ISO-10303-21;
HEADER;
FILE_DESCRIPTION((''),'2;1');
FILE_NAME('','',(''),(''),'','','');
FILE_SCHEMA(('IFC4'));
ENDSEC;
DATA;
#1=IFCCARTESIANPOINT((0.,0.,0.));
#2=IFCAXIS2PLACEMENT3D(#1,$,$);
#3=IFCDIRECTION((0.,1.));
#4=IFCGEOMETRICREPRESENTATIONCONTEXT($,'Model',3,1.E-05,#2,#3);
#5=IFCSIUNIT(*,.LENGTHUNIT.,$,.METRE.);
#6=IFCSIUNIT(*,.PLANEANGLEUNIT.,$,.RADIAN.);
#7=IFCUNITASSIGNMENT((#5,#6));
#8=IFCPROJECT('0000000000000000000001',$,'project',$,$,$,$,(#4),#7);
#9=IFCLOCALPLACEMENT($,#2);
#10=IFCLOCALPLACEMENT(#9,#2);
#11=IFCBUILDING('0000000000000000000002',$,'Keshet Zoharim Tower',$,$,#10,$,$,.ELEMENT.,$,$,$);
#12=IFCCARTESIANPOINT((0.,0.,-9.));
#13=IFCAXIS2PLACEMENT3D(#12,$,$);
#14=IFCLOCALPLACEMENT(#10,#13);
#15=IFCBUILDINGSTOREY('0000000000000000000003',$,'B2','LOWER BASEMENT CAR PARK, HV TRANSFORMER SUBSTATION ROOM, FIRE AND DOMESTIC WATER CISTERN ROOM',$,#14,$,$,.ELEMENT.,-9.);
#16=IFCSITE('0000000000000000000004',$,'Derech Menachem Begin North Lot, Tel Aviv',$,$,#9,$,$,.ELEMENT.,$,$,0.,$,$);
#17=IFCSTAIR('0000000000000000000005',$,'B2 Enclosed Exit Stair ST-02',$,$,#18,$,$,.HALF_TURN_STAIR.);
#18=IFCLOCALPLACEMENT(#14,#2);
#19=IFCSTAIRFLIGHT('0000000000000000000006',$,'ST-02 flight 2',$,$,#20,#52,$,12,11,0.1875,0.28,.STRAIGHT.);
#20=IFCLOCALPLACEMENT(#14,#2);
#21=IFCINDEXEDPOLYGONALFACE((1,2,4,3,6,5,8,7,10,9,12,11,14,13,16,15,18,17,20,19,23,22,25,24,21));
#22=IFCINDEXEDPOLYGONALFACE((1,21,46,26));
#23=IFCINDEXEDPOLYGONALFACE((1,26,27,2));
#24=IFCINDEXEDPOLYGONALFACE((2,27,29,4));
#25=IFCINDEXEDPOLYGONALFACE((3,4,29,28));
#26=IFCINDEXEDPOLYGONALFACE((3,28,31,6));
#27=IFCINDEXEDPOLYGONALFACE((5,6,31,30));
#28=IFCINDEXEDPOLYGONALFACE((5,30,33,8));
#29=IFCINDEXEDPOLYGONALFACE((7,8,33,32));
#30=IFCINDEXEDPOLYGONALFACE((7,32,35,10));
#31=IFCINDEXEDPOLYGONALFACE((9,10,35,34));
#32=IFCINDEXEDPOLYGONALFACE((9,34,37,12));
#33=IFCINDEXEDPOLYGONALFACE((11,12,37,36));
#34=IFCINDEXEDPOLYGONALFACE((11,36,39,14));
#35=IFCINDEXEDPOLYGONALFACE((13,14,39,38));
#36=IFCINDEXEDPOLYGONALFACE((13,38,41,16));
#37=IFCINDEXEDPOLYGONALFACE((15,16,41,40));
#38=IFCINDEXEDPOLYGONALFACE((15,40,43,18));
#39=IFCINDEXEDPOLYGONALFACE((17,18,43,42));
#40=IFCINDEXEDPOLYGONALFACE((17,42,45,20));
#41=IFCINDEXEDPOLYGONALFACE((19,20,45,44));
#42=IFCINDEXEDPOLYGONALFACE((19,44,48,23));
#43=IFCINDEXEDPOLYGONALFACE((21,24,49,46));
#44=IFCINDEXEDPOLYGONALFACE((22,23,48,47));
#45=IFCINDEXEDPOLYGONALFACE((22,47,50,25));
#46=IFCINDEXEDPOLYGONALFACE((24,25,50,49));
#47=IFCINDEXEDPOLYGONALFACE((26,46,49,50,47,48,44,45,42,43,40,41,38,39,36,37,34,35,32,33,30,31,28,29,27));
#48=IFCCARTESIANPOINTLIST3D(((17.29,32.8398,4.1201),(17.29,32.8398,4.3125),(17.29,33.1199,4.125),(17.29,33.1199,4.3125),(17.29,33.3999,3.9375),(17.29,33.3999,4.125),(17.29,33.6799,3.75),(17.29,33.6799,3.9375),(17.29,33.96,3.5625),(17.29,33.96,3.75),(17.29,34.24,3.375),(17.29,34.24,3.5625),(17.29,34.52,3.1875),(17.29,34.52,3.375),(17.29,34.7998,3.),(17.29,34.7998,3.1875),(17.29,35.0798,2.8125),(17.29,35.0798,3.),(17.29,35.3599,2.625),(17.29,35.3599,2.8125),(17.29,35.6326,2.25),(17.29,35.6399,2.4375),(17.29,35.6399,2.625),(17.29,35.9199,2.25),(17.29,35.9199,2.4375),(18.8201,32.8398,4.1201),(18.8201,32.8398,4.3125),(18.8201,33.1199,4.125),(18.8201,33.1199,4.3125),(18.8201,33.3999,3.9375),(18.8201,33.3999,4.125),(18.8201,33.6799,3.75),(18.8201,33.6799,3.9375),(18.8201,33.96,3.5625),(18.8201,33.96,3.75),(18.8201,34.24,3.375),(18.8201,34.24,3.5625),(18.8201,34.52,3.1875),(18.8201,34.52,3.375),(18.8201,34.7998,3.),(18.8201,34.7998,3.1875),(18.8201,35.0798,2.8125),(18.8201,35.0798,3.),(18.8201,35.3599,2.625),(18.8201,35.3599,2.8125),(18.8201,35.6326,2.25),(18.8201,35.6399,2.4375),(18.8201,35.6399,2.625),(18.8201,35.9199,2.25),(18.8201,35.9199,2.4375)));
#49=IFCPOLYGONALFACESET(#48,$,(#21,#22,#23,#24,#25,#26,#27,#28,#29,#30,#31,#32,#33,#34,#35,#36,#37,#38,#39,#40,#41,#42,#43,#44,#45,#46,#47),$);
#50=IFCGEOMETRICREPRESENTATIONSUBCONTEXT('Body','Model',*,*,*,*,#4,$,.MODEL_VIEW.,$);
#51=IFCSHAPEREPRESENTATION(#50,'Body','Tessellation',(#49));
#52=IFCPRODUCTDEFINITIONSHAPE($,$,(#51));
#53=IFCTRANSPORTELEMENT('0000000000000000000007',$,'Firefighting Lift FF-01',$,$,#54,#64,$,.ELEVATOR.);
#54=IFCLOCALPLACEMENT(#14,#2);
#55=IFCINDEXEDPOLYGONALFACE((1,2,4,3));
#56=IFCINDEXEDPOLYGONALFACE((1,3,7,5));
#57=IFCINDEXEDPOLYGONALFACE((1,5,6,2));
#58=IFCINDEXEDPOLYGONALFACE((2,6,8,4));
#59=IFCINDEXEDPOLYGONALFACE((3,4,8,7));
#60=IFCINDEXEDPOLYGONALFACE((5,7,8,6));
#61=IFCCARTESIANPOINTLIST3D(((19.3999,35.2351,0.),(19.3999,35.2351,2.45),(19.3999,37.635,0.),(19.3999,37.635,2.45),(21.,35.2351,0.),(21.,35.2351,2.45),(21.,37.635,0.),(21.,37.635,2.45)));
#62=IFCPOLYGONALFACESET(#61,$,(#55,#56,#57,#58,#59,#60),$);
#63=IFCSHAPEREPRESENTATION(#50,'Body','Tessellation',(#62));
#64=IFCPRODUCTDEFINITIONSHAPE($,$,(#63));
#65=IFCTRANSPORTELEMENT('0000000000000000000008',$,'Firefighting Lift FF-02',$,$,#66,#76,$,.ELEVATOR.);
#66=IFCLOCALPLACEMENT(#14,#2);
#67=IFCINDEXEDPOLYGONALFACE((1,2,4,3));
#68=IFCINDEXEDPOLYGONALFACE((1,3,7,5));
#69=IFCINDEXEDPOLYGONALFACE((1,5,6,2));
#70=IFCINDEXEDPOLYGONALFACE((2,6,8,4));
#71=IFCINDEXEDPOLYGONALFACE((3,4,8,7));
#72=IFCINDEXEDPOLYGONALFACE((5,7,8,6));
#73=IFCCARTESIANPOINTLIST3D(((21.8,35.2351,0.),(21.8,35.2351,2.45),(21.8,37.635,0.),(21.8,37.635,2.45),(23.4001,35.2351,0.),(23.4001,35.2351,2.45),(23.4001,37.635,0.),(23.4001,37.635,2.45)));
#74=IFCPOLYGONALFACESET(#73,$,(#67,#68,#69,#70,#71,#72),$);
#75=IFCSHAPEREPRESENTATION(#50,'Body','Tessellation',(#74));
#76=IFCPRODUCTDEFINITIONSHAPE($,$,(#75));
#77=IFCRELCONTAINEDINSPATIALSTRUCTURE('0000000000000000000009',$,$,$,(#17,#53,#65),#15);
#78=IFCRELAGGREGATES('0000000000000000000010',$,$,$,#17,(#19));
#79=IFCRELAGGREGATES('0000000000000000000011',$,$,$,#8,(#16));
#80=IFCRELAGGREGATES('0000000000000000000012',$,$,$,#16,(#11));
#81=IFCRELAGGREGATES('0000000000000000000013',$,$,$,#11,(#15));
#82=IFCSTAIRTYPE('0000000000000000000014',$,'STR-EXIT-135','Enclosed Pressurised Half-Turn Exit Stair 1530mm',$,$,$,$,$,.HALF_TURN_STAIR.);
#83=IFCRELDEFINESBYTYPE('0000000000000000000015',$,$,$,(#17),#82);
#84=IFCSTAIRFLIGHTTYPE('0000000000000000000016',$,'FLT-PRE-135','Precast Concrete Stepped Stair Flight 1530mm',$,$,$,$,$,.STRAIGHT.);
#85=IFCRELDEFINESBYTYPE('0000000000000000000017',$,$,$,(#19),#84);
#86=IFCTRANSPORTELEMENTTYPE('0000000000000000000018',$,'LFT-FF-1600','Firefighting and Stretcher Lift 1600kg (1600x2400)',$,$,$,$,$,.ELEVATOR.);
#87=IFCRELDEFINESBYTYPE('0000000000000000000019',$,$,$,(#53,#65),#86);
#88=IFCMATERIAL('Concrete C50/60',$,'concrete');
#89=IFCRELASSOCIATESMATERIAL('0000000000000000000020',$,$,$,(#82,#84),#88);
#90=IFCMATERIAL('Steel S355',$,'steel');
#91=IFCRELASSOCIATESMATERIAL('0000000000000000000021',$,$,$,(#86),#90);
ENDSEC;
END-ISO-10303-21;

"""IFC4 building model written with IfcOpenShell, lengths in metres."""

from ifc_helpers import new_model, si_unit, direction, frame, origin, origin_2d, place, context, subcontext, project, spatial, polyline, rectangle, outline, extrude, material, type_object, element, aggregate, save


model = new_model("IFC4")

# Units and contexts
model_context = context("Model", 3, precision=1e-05, world=origin(), true_north=direction((0.0, 1.0)))
body_context = subcontext(model_context, "Body", "Model", "MODEL_VIEW")
ifc_project = project(units=[si_unit("LENGTHUNIT", "METRE"), si_unit("PLANEANGLEUNIT", "RADIAN")], contexts=[model_context])

# Site, building, storey
site_placement = place(None, origin())
site = spatial("IfcSite", under=ifc_project, at=site_placement, Name="Derech Menachem Begin North Lot, Tel Aviv", CompositionType="ELEMENT", RefElevation=0.0)
building_placement = place(site_placement, origin())
building = spatial("IfcBuilding", under=site, at=building_placement, Name="Keshet Zoharim Tower", CompositionType="ELEMENT")
storey_placement = place(building_placement, frame((0.0, 0.0, -9.0)))
storey = spatial("IfcBuildingStorey", under=building, at=storey_placement, Name="B2", Description="LOWER BASEMENT CAR PARK, HV TRANSFORMER SUBSTATION ROOM, FIRE AND DOMESTIC WATER CISTERN ROOM", CompositionType="ELEMENT", Elevation=-9.0)

# Shared definitions
ifc_material_1 = material(Name="Concrete C50/60", Category="concrete")

# Stair, stair flight
stair_type = type_object("IfcStairType", Name="STR-EXIT-135", Description="Enclosed Pressurised Half-Turn Exit Stair 1530mm", PredefinedType="HALF_TURN_STAIR", material=ifc_material_1)
stair_placement = place(storey_placement, origin())
stair = element("IfcStair", 1, at=stair_placement, inside=storey, type_object=stair_type, Name="B2 Enclosed Exit Stair ST-02", PredefinedType="HALF_TURN_STAIR")
stair_flight_type = type_object("IfcStairFlightType", Name="FLT-PRE-135", Description="Precast Concrete Stepped Stair Flight 1530mm", PredefinedType="STRAIGHT", material=ifc_material_1)
stair_flight_placement = place(storey_placement, frame((18.0549, 35.9199, 2.25), z_axis=(0.0, 0.0, 1.0), x_axis=(0.0, -1.0, 0.0)))
stair_flight = element("IfcStairFlight", 2, at=stair_flight_placement, type_object=stair_flight_type, Name="ST-02 flight 2", NumberOfRisers=12, NumberOfTreads=11, PredefinedType="STRAIGHT", RiserHeight=0.1875, TreadLength=0.28, context=body_context, shape_type="SweptSolid", body=[
    extrude(outline(polyline([(0.0, 0.0), (0.0, 0.1875), (0.28, 0.1875), (0.28, 0.375), (0.5601, 0.375), (0.5601, 0.5625), (0.8401, 0.5625), (0.8401, 0.75), (1.1201, 0.75), (1.1201, 0.9375), (1.3999, 0.9375), (1.3999, 1.125), (1.6799, 1.125), (1.6799, 1.3125), (1.96, 1.3125), (1.96, 1.5), (2.24, 1.5), (2.24, 1.6875), (2.52, 1.6875), (2.52, 1.875), (2.8, 1.875), (2.8, 2.0625), (3.0801, 2.0625), (3.0801, 2.25), (3.0801, 1.8701), (0.2874, 0.0), (0.0, 0.0)])), frame((0.0, 0.7651, 0.0), z_axis=(0.0, -1.0, 0.0), x_axis=(1.0, 0.0, 0.0)), (0.0, 0.0, 1.0), 1.53),
])
aggregate(stair, [stair_flight])

# Shared definitions
ifc_material_2 = material(Name="Steel S355", Category="steel")

# Transport elements
transport_element_type = type_object("IfcTransportElementType", Name="LFT-FF-1600", Description="Firefighting and Stretcher Lift 1600kg (1600x2400)", PredefinedType="ELEVATOR", material=ifc_material_2)
for number, where, z_axis, x_axis, name in (
    (3, (20.2, 36.4351, 0.0), (0.0, 0.0, 1.0), (1.0, 0.0, 0.0), "Firefighting Lift FF-01"),
    (4, (22.6001, 36.4351, 0.0), (0.0, 0.0, 1.0), (1.0, 0.0, 0.0), "Firefighting Lift FF-02"),
):
    element("IfcTransportElement", number, at=place(storey_placement, frame(where, z_axis=z_axis, x_axis=x_axis)), inside=storey, type_object=transport_element_type, Name=name, PredefinedType="ELEVATOR", context=body_context, shape_type="SweptSolid", body=[
        extrude(rectangle(XDim=1.6001, YDim=2.3999, at=origin_2d()), origin(), (0.0, 0.0, 1.0), 2.45),
    ])

save(model, "model.ifc")
